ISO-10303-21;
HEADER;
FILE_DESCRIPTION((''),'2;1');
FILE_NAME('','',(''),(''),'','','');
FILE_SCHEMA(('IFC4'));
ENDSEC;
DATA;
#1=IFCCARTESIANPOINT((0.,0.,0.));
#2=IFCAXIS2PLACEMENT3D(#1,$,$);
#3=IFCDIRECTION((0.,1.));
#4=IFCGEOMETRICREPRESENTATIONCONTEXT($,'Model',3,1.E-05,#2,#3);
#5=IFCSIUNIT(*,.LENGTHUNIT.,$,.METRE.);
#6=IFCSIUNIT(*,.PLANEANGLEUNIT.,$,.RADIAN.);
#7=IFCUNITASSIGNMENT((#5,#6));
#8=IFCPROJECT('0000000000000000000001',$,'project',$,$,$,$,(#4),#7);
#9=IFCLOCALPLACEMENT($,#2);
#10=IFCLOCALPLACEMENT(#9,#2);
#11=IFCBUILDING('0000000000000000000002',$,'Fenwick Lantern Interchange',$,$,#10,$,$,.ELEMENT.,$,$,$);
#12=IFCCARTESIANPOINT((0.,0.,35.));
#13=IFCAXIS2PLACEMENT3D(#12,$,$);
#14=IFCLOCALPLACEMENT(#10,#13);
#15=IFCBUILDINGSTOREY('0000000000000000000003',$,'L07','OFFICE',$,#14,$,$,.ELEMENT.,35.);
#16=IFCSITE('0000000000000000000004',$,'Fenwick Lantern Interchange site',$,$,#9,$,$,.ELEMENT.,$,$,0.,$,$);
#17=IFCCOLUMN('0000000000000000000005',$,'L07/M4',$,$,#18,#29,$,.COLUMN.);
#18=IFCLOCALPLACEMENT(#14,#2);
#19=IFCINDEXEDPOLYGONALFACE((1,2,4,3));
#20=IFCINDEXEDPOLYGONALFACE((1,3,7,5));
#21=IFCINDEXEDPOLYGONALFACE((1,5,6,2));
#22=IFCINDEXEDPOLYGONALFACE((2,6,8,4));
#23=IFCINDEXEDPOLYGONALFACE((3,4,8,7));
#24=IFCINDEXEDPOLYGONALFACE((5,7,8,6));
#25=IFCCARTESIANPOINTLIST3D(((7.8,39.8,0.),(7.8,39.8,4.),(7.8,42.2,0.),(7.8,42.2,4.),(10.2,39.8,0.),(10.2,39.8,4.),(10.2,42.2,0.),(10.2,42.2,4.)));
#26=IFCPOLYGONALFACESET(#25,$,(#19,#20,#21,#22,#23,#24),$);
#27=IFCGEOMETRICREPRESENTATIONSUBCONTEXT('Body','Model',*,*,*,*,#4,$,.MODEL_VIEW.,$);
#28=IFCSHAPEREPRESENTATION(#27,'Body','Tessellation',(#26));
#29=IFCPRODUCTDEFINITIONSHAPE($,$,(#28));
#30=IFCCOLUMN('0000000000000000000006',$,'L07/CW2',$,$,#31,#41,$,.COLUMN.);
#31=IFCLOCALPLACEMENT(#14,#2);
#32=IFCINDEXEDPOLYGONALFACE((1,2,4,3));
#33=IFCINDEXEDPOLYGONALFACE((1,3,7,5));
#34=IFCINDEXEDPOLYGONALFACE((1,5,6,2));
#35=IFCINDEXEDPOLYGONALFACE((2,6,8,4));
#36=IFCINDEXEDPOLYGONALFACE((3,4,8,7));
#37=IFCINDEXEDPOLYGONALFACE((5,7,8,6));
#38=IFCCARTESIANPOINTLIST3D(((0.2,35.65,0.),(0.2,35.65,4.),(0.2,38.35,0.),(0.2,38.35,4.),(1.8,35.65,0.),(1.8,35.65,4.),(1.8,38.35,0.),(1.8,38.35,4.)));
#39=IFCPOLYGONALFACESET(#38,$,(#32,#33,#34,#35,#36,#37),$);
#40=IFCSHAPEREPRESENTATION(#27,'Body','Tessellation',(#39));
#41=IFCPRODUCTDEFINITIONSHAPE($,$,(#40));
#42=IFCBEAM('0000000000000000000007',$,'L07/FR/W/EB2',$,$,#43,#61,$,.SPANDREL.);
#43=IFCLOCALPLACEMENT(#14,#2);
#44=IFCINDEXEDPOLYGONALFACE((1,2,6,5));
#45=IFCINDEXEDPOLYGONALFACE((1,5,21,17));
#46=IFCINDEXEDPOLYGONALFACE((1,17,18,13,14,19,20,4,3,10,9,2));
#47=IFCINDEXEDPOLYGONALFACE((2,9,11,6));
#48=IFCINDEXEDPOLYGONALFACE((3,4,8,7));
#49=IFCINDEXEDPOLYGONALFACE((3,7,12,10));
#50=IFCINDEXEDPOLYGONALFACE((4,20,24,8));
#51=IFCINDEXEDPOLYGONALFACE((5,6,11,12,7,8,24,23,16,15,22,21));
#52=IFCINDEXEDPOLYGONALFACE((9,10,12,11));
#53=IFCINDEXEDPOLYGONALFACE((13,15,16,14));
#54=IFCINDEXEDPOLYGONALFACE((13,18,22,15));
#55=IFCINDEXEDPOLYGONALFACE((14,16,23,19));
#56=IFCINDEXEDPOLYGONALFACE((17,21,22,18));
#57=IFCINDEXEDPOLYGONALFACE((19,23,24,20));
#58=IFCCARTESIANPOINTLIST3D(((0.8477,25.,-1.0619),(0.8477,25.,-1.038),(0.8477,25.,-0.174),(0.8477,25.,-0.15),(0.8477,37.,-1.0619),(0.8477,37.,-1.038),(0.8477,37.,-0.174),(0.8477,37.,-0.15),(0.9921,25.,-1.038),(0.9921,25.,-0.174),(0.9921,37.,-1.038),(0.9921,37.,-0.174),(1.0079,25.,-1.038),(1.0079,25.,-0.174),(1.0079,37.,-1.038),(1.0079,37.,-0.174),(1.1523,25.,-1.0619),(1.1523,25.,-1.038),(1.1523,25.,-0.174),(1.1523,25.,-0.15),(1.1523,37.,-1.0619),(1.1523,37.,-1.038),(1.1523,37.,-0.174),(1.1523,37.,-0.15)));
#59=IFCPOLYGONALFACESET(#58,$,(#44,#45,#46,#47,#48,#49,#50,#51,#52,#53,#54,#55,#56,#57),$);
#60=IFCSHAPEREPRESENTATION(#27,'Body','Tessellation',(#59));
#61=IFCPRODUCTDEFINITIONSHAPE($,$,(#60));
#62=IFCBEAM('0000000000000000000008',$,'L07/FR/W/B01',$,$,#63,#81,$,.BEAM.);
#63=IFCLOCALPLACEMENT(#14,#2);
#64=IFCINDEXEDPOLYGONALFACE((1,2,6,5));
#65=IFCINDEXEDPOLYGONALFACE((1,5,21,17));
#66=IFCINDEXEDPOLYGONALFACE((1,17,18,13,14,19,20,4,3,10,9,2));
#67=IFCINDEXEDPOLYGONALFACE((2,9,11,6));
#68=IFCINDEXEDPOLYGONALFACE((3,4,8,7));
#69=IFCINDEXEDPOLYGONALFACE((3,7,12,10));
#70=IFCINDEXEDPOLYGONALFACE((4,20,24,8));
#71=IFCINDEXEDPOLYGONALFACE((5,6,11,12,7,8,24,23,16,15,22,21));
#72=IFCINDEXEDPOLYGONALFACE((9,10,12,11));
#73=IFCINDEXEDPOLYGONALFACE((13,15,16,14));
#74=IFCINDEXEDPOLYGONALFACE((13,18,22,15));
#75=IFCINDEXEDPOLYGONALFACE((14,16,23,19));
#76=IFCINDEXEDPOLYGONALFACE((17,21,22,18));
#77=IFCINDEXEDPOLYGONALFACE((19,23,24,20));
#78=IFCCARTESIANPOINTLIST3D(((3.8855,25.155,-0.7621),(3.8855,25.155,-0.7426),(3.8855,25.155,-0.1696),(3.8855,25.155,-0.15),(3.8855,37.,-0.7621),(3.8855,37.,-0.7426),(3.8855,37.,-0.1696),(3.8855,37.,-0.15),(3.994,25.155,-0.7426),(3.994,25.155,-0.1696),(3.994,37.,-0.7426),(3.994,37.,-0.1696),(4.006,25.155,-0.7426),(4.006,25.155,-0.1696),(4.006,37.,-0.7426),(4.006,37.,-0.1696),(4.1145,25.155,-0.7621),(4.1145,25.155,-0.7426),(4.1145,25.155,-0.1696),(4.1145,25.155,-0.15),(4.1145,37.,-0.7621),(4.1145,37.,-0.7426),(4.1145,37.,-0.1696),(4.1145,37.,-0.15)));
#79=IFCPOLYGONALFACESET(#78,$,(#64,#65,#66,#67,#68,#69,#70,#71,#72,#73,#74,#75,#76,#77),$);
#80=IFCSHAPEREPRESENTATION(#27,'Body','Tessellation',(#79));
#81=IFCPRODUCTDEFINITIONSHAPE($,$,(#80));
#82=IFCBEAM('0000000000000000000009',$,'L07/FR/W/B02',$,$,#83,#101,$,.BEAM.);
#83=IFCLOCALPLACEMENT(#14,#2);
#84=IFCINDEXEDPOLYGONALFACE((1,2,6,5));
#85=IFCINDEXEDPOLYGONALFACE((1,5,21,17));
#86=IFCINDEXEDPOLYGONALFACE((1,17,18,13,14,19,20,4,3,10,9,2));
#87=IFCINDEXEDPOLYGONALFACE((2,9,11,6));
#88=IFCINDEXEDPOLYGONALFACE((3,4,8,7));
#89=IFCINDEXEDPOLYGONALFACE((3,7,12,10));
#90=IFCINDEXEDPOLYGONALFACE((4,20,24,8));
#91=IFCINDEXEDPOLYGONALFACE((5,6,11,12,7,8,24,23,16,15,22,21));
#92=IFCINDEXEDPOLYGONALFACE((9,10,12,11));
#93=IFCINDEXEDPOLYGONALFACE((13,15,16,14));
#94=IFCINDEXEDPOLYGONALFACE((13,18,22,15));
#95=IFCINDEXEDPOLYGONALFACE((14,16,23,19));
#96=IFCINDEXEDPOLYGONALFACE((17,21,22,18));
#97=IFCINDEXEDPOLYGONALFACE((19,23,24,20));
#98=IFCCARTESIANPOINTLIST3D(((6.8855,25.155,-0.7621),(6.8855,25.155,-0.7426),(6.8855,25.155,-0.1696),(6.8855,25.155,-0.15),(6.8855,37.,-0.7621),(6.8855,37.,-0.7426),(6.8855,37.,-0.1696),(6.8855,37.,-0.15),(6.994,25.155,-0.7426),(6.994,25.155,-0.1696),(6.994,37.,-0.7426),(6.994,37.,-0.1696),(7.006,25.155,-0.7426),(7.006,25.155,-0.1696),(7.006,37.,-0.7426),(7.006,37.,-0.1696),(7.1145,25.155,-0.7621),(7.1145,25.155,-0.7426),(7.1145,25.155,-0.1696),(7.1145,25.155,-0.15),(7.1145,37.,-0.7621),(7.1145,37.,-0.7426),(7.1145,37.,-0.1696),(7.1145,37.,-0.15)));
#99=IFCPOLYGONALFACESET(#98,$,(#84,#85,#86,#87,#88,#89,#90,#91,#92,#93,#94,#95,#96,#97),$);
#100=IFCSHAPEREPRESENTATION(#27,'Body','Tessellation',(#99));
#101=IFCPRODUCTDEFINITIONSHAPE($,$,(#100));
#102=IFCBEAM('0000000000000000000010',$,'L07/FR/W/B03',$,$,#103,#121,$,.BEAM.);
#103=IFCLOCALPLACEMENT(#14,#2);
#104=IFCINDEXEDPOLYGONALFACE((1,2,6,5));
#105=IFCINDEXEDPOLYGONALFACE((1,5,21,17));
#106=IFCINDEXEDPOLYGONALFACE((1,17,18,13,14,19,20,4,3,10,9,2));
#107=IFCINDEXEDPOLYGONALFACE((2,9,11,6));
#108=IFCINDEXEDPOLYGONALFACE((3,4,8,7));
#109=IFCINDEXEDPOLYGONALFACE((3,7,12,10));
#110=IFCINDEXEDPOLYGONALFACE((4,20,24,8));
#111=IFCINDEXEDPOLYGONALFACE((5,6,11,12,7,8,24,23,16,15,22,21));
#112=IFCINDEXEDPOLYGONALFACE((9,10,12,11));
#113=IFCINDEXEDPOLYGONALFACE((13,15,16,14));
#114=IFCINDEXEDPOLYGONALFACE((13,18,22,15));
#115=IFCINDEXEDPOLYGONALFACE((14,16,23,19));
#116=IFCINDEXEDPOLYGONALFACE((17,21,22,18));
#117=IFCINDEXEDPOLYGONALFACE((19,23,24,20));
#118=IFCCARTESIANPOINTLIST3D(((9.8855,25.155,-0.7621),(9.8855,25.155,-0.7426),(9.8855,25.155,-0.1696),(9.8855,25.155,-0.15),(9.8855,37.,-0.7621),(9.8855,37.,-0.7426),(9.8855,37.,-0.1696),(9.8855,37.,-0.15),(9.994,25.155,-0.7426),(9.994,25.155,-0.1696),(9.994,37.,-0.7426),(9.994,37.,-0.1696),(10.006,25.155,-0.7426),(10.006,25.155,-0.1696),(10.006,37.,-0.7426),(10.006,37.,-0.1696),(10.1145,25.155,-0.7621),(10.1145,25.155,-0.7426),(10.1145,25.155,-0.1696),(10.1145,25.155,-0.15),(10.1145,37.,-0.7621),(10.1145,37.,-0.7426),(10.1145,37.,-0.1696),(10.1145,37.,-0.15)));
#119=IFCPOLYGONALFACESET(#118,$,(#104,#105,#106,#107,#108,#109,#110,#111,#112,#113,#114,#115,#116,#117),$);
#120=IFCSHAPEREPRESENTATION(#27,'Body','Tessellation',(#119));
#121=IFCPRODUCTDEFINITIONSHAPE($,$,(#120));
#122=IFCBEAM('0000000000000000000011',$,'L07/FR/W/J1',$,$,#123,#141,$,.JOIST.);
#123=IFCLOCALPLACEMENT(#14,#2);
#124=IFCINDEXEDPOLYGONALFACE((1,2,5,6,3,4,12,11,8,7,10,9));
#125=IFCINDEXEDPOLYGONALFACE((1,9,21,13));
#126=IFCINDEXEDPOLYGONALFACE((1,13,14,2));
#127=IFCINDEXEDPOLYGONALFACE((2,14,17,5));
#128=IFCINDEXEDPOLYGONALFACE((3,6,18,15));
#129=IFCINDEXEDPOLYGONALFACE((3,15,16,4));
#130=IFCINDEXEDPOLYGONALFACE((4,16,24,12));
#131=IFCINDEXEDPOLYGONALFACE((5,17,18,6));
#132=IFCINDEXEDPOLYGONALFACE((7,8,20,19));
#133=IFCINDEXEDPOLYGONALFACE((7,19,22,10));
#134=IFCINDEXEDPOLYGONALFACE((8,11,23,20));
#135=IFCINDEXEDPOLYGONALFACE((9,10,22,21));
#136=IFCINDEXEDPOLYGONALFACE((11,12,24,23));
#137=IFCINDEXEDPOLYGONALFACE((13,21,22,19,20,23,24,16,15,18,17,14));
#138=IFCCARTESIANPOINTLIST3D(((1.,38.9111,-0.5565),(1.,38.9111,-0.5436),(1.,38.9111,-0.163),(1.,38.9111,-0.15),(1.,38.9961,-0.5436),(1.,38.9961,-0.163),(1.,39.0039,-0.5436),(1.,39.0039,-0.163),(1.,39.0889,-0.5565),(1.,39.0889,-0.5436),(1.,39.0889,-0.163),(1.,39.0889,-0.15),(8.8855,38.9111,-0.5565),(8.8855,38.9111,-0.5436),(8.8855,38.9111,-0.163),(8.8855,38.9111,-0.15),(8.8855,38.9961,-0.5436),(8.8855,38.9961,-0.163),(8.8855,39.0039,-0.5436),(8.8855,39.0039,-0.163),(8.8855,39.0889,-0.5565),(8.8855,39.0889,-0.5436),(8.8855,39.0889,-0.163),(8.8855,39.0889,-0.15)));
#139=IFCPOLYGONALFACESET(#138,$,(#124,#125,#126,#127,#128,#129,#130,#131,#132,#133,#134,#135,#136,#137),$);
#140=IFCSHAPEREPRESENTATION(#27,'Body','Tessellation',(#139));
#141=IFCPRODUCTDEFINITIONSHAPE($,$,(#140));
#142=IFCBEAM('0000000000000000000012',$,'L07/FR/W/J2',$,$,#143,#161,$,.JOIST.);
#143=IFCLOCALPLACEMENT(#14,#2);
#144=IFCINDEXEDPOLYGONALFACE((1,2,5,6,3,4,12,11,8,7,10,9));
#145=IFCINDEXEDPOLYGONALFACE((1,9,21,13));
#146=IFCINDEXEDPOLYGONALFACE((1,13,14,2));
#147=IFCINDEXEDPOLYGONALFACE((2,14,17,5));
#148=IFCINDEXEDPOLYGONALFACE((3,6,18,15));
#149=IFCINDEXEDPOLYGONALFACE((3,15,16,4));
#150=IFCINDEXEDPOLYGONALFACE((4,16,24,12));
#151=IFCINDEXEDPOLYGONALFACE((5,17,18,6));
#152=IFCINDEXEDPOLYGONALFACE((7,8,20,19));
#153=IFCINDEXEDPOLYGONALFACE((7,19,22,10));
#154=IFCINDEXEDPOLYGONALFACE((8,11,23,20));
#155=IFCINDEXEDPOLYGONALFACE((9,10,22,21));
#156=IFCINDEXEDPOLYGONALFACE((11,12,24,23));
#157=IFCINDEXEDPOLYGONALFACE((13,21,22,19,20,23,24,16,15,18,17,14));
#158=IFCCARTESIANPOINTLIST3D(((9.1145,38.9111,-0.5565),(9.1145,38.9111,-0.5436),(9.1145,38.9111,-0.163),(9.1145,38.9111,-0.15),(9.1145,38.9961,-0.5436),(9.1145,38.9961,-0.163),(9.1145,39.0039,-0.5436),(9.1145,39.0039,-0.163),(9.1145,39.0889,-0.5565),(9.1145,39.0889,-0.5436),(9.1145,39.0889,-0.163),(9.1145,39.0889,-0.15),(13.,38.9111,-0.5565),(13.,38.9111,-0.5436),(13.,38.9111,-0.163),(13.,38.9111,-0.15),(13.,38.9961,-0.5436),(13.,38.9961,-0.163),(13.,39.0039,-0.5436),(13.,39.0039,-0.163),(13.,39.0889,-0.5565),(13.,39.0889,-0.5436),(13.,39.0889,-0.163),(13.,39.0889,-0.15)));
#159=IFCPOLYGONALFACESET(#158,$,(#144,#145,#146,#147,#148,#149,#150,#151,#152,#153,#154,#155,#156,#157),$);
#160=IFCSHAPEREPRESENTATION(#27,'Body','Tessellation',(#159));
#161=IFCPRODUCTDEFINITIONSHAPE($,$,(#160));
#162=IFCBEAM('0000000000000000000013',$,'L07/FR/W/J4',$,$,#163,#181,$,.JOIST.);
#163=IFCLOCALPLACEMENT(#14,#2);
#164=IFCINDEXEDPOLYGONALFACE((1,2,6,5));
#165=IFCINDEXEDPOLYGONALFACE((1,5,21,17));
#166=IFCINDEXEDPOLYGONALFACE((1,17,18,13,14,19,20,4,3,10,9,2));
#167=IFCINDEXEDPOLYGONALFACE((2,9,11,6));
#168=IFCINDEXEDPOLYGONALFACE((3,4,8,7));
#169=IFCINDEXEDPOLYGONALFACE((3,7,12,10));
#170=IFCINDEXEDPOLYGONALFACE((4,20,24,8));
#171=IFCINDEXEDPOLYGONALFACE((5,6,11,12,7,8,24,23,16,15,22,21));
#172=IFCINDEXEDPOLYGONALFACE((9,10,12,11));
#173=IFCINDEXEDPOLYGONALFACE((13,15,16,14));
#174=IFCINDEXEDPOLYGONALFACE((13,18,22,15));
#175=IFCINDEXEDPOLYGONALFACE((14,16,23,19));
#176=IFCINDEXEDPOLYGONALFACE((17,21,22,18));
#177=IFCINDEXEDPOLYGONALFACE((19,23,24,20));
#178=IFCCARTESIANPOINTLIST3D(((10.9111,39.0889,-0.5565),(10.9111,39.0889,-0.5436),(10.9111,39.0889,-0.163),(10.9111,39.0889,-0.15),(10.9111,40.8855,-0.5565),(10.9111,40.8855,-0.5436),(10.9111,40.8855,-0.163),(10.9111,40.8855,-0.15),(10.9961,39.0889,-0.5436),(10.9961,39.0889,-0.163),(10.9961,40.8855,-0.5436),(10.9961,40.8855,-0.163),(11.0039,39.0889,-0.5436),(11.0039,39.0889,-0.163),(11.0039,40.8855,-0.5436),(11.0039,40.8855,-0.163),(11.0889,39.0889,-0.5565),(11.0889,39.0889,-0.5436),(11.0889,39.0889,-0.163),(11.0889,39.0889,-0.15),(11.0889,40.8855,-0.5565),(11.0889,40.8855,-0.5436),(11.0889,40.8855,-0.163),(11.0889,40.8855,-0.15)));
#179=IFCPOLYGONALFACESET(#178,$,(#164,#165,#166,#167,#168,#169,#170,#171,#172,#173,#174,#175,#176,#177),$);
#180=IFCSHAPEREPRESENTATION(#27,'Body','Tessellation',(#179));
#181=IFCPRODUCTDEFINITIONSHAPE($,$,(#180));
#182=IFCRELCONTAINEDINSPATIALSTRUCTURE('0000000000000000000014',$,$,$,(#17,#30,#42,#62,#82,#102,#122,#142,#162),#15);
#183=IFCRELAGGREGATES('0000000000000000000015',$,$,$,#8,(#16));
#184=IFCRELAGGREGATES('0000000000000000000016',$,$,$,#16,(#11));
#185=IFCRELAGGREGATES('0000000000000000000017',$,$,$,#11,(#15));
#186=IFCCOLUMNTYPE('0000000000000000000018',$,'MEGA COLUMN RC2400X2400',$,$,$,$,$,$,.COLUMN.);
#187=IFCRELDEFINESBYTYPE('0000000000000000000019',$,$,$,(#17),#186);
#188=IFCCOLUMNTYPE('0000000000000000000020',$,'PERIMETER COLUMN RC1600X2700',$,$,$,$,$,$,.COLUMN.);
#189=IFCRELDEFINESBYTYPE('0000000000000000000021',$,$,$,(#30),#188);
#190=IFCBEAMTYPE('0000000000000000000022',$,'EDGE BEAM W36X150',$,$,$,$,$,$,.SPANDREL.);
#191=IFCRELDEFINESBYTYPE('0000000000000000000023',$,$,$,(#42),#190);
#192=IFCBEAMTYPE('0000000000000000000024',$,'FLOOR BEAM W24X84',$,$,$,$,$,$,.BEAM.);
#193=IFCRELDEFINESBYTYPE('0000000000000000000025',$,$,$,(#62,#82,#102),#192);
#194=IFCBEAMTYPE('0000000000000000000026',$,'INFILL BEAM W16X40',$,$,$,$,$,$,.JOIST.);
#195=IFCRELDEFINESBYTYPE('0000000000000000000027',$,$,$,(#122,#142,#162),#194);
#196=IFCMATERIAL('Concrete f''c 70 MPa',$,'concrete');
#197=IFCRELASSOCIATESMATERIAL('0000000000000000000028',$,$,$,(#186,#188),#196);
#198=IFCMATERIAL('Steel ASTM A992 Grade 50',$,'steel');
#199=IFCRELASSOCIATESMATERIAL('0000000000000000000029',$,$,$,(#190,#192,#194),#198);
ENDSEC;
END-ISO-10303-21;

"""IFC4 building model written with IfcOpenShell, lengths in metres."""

from ifc_helpers import new_model, si_unit, direction, frame, origin, origin_2d, place, context, subcontext, project, spatial, rectangle, i_section, extrude, material, material_profile, profile_set, type_object, element, save


model = new_model("IFC4")

# Units and contexts
model_context = context("Model", 3, precision=1e-05, world=origin(), true_north=direction((0.0, 1.0)))
body_context = subcontext(model_context, "Body", "Model", "MODEL_VIEW")
ifc_project = project(units=[si_unit("LENGTHUNIT", "METRE"), si_unit("PLANEANGLEUNIT", "RADIAN")], contexts=[model_context])

# Site, building, storey
site_placement = place(None, origin())
site = spatial("IfcSite", under=ifc_project, at=site_placement, Name="Fenwick Lantern Interchange site", CompositionType="ELEMENT", RefElevation=0.0)
building_placement = place(site_placement, origin())
building = spatial("IfcBuilding", under=site, at=building_placement, Name="Fenwick Lantern Interchange", CompositionType="ELEMENT")
storey_placement = place(building_placement, frame((0.0, 0.0, 35.0)))
storey = spatial("IfcBuildingStorey", under=building, at=storey_placement, Name="L07", Description="OFFICE", CompositionType="ELEMENT", Elevation=35.0)

# Columns
ifc_material_1 = material(Name="Concrete f'c 70 MPa", Category="concrete")
ifc_material_profile_1 = material_profile(ifc_material_1, rectangle(XDim=2.3999, YDim=2.3999, at=origin_2d()), Name="RC2400X2400")
ifc_profile_set_1 = profile_set([ifc_material_profile_1], Name="Concrete f'c 70 MPa")
column_type_1 = type_object("IfcColumnType", Name="MEGA COLUMN RC2400X2400", PredefinedType="COLUMN", material=ifc_profile_set_1)
column_1_placement = place(storey_placement, frame((9.0, 41.0, 0.0), z_axis=(0.0, 0.0, 1.0), x_axis=(1.0, 0.0, 0.0)))
element("IfcColumn", 1, at=column_1_placement, inside=storey, type_object=column_type_1, Name="L07/M4", PredefinedType="COLUMN", context=body_context, shape_type="SweptSolid", body=[
    extrude(rectangle(XDim=2.3999, YDim=2.3999, at=origin_2d()), origin(), (0.0, 0.0, 1.0), 4.0),
])
ifc_material_profile_2 = material_profile(ifc_material_1, rectangle(XDim=1.6001, YDim=2.7, at=origin_2d()), Name="RC1600X2700")
ifc_profile_set_2 = profile_set([ifc_material_profile_2], Name="Concrete f'c 70 MPa")
column_type_2 = type_object("IfcColumnType", Name="PERIMETER COLUMN RC1600X2700", PredefinedType="COLUMN", material=ifc_profile_set_2)
column_2_placement = place(storey_placement, frame((1.0, 37.0, 0.0), z_axis=(0.0, 0.0, 1.0), x_axis=(1.0, 0.0, 0.0)))
element("IfcColumn", 2, at=column_2_placement, inside=storey, type_object=column_type_2, Name="L07/CW2", PredefinedType="COLUMN", context=body_context, shape_type="SweptSolid", body=[
    extrude(rectangle(XDim=1.6001, YDim=2.7, at=origin_2d()), origin(), (0.0, 0.0, 1.0), 4.0),
])

# Beams
ifc_material_2 = material(Name="Steel ASTM A992 Grade 50", Category="steel")
ifc_material_profile_3 = material_profile(ifc_material_2, i_section(OverallWidth=0.3047, OverallDepth=0.9119, WebThickness=0.0159, FlangeThickness=0.0239, at=origin_2d()), Name="W36X150")
ifc_profile_set_3 = profile_set([ifc_material_profile_3], Name="Steel ASTM A992 Grade 50")
beam_type_1 = type_object("IfcBeamType", Name="EDGE BEAM W36X150", PredefinedType="SPANDREL", material=ifc_profile_set_3)
beam_1_placement = place(storey_placement, frame((1.0, 37.0, -0.606), z_axis=(0.0, -1.0, 0.0), x_axis=(1.0, 0.0, 0.0)))
element("IfcBeam", 3, at=beam_1_placement, inside=storey, type_object=beam_type_1, Name="L07/FR/W/EB2", PredefinedType="SPANDREL", context=body_context, shape_type="SweptSolid", body=[
    extrude(i_section(OverallWidth=0.3047, OverallDepth=0.9119, WebThickness=0.0159, FlangeThickness=0.0239, at=origin_2d()), origin(), (0.0, 0.0, 1.0), 12.0),
])
ifc_material_profile_4 = material_profile(ifc_material_2, i_section(OverallWidth=0.229, OverallDepth=0.6121, WebThickness=0.012, FlangeThickness=0.0195, at=origin_2d()), Name="W24X84")
ifc_profile_set_4 = profile_set([ifc_material_profile_4], Name="Steel ASTM A992 Grade 50")
beam_type_2 = type_object("IfcBeamType", Name="FLOOR BEAM W24X84", PredefinedType="BEAM", material=ifc_profile_set_4)
for number, where, z_axis, x_axis, name in (
    (4, (4.0, 37.0, -0.4561), (0.0, -1.0, 0.0), (1.0, 0.0, 0.0), "L07/FR/W/B01"),
    (5, (7.0, 37.0, -0.4561), (0.0, -1.0, 0.0), (1.0, 0.0, 0.0), "L07/FR/W/B02"),
    (6, (10.0, 37.0, -0.4561), (0.0, -1.0, 0.0), (1.0, 0.0, 0.0), "L07/FR/W/B03"),
):
    element("IfcBeam", number, at=place(storey_placement, frame(where, z_axis=z_axis, x_axis=x_axis)), inside=storey, type_object=beam_type_2, Name=name, PredefinedType="BEAM", context=body_context, shape_type="SweptSolid", body=[
        extrude(i_section(OverallWidth=0.229, OverallDepth=0.6121, WebThickness=0.012, FlangeThickness=0.0195, at=origin_2d()), origin(), (0.0, 0.0, 1.0), 11.845),
    ])
ifc_material_profile_5 = material_profile(ifc_material_2, i_section(OverallWidth=0.1777, OverallDepth=0.4065, WebThickness=0.0078, FlangeThickness=0.0129, at=origin_2d()), Name="W16X40")
ifc_profile_set_5 = profile_set([ifc_material_profile_5], Name="Steel ASTM A992 Grade 50")
beam_type_3 = type_object("IfcBeamType", Name="INFILL BEAM W16X40", PredefinedType="JOIST", material=ifc_profile_set_5)
beam_2_placement = place(storey_placement, frame((1.0, 39.0, -0.3533), z_axis=(1.0, 0.0, 0.0), x_axis=(0.0, 1.0, 0.0)))
element("IfcBeam", 7, at=beam_2_placement, inside=storey, type_object=beam_type_3, Name="L07/FR/W/J1", PredefinedType="JOIST", context=body_context, shape_type="SweptSolid", body=[
    extrude(i_section(OverallWidth=0.1777, OverallDepth=0.4065, WebThickness=0.0078, FlangeThickness=0.0129, at=origin_2d()), origin(), (0.0, 0.0, 1.0), 7.8855),
])
beam_3_placement = place(storey_placement, frame((9.1145, 39.0, -0.3533), z_axis=(1.0, 0.0, 0.0), x_axis=(0.0, 1.0, 0.0)))
element("IfcBeam", 8, at=beam_3_placement, inside=storey, type_object=beam_type_3, Name="L07/FR/W/J2", PredefinedType="JOIST", context=body_context, shape_type="SweptSolid", body=[
    extrude(i_section(OverallWidth=0.1777, OverallDepth=0.4065, WebThickness=0.0078, FlangeThickness=0.0129, at=origin_2d()), origin(), (0.0, 0.0, 1.0), 3.8855),
])
beam_4_placement = place(storey_placement, frame((11.0, 40.8855, -0.3533), z_axis=(0.0, -1.0, 0.0), x_axis=(1.0, 0.0, 0.0)))
element("IfcBeam", 9, at=beam_4_placement, inside=storey, type_object=beam_type_3, Name="L07/FR/W/J4", PredefinedType="JOIST", context=body_context, shape_type="SweptSolid", body=[
    extrude(i_section(OverallWidth=0.1777, OverallDepth=0.4065, WebThickness=0.0078, FlangeThickness=0.0129, at=origin_2d()), origin(), (0.0, 0.0, 1.0), 1.7966),
])

save(model, "model.ifc")
